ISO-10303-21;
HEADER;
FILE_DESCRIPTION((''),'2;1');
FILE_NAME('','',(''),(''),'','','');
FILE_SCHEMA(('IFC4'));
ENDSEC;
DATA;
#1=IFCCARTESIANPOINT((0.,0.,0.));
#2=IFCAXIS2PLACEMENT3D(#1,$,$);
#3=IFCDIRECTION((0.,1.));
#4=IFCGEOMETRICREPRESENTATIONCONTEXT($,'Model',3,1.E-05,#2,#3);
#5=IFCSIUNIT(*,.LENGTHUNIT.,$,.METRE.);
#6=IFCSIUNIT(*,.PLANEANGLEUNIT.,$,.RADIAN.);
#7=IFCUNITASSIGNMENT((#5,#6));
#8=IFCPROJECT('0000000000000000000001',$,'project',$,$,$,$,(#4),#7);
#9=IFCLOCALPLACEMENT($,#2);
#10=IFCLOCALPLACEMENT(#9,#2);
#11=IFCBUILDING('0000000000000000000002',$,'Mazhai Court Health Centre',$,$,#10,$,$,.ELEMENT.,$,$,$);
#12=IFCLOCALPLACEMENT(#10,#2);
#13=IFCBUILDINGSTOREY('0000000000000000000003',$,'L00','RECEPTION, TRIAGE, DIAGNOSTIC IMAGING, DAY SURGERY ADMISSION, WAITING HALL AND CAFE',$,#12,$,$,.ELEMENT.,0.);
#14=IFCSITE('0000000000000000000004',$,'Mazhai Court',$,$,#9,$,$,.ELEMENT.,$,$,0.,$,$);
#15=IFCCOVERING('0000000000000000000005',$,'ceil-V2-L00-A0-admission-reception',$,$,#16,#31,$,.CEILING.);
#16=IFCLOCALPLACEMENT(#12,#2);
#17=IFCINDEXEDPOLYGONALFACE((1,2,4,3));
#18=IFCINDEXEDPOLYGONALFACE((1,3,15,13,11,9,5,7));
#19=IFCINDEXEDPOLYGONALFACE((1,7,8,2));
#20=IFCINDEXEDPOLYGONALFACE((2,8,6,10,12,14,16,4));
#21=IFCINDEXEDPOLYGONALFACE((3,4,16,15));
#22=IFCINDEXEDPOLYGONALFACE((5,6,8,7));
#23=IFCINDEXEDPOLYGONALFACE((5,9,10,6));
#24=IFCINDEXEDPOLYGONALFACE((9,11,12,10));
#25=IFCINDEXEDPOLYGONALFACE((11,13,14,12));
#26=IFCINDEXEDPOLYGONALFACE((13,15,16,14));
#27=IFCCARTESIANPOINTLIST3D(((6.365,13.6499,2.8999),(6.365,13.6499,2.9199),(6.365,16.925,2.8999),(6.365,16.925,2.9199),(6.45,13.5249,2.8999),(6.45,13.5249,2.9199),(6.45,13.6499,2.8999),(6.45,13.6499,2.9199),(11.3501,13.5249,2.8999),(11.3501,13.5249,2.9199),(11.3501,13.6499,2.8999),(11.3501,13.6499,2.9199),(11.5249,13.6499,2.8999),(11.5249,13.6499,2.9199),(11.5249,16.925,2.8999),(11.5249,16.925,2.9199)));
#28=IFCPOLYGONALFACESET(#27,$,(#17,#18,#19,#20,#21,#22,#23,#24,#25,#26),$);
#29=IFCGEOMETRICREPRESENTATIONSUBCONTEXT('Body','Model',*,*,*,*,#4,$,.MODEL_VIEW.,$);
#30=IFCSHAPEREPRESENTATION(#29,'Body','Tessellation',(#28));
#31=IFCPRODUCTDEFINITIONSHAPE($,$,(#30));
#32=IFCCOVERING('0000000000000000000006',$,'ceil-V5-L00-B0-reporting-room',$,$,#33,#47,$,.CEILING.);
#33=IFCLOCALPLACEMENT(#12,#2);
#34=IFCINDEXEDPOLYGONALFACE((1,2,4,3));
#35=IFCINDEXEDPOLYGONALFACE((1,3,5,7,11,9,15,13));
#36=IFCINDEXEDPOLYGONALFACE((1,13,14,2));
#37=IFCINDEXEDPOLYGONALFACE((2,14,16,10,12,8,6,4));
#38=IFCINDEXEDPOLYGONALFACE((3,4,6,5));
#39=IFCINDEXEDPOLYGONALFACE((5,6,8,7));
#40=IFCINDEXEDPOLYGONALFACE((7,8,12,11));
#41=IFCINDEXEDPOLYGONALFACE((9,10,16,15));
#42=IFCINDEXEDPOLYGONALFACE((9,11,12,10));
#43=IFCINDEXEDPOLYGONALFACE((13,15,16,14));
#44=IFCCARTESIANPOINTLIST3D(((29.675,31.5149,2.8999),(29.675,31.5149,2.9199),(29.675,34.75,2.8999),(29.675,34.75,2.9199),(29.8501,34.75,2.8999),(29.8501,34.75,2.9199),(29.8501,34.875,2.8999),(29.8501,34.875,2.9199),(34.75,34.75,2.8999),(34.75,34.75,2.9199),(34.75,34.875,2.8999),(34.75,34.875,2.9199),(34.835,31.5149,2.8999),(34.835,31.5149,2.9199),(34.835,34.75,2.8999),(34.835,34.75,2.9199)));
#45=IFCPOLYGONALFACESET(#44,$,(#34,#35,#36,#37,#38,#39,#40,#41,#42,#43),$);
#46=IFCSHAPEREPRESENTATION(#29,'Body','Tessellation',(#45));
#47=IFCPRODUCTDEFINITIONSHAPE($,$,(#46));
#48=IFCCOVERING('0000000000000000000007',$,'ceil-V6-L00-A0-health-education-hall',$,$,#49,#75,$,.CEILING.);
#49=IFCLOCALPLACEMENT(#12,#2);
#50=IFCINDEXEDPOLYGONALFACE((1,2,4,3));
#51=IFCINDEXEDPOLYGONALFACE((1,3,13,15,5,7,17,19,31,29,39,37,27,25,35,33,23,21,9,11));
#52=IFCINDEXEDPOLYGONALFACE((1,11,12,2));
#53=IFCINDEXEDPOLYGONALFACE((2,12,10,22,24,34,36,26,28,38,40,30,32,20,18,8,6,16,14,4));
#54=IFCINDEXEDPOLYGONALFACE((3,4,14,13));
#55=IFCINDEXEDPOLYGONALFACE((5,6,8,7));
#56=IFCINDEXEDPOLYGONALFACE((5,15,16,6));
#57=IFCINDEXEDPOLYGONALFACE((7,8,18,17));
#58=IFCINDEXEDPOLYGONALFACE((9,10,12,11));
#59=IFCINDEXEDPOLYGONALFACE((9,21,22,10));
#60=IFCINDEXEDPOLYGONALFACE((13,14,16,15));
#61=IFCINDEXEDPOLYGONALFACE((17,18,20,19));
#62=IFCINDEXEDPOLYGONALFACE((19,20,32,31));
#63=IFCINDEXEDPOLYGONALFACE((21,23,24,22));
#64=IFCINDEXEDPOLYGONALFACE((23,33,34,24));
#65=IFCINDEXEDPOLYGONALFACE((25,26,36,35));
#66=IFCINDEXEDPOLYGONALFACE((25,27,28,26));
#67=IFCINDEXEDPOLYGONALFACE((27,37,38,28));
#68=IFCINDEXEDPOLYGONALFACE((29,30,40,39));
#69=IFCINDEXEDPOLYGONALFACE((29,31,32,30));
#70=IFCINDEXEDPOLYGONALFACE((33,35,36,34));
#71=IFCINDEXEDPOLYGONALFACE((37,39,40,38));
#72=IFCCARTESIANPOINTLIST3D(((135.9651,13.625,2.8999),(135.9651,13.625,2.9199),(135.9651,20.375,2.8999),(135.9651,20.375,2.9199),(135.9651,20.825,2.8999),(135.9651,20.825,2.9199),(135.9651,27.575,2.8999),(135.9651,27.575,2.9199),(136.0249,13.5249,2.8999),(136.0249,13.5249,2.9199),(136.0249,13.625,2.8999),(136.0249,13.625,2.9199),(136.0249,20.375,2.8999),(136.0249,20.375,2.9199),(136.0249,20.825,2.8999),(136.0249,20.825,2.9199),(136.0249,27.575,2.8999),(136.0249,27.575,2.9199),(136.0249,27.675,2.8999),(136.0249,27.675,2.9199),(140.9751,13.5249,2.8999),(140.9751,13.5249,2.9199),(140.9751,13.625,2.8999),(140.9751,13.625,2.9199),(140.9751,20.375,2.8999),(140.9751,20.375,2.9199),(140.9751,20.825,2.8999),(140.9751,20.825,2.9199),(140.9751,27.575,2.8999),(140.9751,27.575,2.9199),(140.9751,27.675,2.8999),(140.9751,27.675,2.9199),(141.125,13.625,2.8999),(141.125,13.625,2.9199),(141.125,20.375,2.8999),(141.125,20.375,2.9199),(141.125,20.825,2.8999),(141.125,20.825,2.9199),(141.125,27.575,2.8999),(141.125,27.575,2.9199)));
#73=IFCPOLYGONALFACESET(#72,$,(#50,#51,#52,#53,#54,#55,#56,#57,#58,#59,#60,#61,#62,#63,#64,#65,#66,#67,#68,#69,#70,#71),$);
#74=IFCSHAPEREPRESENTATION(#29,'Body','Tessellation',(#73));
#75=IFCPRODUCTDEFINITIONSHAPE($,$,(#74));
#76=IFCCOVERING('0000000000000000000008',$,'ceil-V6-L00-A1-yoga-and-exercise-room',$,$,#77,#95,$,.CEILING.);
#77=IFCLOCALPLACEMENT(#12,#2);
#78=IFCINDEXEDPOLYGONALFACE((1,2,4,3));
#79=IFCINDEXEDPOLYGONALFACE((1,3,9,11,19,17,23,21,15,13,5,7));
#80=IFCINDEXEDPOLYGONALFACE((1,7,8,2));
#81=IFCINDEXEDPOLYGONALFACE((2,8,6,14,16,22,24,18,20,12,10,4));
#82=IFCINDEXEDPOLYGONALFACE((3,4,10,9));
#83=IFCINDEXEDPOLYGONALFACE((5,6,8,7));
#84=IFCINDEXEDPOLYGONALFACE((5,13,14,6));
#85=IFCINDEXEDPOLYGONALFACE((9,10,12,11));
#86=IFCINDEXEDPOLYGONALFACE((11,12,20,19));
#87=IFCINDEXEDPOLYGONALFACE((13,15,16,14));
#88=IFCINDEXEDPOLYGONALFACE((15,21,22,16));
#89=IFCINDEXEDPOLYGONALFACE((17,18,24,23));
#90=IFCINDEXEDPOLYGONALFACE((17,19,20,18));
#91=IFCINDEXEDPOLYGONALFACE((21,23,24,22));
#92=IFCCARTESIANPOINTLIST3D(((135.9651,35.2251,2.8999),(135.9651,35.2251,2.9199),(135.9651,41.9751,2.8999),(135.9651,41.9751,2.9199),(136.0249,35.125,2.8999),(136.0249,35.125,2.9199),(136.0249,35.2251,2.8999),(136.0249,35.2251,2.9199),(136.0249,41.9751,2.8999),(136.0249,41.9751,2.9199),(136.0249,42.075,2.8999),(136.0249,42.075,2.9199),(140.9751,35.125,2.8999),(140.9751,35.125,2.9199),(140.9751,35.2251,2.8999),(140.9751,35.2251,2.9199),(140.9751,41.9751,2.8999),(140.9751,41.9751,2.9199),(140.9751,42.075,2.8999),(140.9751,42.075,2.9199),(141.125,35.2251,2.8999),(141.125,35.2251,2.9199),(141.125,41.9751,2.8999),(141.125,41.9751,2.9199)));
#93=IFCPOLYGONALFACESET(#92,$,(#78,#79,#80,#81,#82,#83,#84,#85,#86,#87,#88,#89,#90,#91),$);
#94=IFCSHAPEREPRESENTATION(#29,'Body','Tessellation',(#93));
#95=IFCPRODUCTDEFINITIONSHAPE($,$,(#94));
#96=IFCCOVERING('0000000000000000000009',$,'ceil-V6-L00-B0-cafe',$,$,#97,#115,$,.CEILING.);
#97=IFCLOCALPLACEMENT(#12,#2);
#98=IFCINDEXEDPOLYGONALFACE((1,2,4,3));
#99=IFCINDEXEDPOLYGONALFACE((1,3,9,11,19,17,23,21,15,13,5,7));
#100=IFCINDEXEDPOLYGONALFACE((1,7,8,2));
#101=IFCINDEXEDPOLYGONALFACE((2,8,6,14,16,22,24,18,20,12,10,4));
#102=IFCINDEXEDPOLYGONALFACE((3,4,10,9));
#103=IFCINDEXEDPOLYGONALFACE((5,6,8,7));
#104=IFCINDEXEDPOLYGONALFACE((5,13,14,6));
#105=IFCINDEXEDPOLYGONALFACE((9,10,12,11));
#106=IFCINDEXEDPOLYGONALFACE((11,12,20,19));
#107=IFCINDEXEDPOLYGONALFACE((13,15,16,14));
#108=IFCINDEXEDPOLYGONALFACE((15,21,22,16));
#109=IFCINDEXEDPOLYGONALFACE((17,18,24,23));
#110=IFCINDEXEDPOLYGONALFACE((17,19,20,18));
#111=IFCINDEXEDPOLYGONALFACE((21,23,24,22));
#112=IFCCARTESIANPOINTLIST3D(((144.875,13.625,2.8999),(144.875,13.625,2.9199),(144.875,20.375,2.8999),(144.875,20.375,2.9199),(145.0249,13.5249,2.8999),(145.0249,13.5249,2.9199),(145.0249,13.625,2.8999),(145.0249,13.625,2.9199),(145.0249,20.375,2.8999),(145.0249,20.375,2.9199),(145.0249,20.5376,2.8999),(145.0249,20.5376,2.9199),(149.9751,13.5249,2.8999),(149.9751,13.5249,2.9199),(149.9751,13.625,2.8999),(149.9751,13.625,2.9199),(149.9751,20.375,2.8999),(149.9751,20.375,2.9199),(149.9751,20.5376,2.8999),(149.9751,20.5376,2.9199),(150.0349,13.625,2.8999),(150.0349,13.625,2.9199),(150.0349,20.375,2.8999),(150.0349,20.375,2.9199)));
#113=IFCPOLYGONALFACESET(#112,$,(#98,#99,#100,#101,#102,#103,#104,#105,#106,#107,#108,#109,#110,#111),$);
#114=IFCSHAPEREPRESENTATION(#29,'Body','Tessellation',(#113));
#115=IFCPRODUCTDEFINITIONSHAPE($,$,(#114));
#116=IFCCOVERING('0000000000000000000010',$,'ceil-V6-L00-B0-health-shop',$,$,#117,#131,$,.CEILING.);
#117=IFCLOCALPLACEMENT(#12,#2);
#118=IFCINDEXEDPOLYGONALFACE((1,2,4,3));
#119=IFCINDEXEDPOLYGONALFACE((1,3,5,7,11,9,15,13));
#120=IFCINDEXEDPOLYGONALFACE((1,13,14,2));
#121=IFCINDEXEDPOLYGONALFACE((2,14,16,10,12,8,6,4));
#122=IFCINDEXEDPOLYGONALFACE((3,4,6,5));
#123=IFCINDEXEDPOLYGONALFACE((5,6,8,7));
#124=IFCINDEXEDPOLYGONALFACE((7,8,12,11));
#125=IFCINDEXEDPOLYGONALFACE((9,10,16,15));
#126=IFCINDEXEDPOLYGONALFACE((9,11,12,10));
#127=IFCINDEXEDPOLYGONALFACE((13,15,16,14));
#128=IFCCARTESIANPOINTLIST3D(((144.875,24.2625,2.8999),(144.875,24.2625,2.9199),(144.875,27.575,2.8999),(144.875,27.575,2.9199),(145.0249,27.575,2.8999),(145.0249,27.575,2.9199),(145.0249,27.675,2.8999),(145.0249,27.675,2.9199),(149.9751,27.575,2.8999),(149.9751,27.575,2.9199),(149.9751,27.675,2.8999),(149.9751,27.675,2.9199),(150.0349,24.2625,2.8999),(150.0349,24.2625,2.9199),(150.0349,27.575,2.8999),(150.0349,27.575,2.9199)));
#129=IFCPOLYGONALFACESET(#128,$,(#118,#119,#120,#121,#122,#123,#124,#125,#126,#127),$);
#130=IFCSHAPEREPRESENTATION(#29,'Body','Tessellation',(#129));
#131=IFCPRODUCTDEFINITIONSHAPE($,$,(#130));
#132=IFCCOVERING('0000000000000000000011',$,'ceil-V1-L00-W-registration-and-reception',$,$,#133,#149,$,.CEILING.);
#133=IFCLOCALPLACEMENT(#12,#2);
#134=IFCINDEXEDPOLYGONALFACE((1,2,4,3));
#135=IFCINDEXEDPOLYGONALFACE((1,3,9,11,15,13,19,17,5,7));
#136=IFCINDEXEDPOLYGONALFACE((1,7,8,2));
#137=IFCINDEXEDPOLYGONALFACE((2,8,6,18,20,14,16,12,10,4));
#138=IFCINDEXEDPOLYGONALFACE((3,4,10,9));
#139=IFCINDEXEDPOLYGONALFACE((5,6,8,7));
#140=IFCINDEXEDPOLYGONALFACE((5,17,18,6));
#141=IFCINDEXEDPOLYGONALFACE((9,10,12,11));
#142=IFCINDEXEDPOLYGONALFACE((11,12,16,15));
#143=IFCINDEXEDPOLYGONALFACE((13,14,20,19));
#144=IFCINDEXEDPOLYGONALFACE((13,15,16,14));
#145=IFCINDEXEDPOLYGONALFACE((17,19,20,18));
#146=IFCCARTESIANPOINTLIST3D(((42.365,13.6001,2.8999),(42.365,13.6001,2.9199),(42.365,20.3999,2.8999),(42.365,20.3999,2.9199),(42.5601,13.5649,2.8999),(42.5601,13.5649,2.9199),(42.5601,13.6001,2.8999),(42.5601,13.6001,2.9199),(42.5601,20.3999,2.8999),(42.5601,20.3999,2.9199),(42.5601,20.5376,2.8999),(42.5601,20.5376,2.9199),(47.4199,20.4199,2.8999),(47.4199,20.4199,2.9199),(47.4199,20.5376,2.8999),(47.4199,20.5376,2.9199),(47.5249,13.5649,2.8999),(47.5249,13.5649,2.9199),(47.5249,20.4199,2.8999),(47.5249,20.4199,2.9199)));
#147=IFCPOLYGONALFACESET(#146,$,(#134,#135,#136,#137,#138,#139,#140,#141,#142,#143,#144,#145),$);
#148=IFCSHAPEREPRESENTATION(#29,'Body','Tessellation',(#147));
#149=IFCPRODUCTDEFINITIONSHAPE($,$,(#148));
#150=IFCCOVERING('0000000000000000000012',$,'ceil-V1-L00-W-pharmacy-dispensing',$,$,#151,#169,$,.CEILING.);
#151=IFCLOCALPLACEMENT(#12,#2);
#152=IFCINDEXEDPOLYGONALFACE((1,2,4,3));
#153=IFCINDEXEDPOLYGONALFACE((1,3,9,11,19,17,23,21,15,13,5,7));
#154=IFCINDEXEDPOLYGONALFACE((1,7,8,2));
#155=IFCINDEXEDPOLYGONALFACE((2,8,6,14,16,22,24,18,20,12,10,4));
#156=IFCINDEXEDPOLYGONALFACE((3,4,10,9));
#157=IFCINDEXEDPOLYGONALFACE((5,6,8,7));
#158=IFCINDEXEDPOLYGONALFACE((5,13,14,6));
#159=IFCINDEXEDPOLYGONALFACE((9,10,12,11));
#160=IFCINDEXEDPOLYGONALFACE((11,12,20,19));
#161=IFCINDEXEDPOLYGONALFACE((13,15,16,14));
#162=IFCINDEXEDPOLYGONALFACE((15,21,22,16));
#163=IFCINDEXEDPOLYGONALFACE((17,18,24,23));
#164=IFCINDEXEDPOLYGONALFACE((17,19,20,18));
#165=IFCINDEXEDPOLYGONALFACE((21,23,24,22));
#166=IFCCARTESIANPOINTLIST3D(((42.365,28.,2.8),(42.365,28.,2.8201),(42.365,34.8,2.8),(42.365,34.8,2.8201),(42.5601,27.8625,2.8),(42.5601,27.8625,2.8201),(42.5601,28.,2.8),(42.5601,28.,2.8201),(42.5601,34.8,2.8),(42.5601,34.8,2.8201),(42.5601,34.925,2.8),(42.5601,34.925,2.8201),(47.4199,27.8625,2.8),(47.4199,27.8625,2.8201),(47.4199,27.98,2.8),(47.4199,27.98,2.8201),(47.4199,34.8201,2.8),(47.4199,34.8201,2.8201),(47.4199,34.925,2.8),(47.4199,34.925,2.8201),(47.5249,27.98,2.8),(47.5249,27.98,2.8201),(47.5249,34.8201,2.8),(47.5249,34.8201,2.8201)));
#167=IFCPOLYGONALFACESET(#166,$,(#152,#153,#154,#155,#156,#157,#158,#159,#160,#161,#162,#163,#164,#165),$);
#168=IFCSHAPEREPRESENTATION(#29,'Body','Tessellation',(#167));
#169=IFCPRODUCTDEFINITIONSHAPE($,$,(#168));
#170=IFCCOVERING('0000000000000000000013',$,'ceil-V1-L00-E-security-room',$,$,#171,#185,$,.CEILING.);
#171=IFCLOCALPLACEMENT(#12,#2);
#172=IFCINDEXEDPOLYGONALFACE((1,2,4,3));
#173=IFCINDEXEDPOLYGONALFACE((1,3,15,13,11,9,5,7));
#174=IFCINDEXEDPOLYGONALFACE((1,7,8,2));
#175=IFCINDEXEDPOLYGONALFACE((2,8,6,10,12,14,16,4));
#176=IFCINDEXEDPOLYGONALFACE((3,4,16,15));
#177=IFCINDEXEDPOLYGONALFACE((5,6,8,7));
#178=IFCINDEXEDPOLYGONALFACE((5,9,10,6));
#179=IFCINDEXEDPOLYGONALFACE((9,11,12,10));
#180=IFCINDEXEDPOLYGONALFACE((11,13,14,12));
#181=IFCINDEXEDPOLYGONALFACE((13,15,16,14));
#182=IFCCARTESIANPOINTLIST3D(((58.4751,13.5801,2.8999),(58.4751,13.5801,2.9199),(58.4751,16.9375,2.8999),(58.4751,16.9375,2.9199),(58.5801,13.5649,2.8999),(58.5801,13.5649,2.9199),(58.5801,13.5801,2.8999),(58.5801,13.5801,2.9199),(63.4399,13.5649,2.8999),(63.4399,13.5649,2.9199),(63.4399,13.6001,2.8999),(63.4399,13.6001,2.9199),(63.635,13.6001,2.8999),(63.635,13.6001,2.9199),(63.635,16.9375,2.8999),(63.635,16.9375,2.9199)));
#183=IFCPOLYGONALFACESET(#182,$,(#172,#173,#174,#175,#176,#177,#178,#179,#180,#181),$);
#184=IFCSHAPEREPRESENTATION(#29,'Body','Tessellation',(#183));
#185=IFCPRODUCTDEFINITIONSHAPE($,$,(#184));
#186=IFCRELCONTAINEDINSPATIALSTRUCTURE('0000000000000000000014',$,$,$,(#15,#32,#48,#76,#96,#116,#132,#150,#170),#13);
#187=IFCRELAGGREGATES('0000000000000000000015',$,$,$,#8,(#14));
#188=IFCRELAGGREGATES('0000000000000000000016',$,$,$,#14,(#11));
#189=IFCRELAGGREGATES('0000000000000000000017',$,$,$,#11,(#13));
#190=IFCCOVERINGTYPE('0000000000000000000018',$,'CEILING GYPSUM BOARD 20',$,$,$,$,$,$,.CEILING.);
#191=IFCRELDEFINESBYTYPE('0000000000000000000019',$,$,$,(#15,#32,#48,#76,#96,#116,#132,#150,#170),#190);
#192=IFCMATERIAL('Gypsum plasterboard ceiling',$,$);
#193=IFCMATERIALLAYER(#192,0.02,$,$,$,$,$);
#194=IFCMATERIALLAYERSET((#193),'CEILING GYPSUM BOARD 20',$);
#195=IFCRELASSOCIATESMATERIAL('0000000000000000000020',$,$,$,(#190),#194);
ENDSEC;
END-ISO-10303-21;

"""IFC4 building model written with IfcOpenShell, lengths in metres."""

from ifc_helpers import new_model, si_unit, direction, frame, origin, place, context, subcontext, project, spatial, polyline, outline, extrude, material, layer, layer_set, type_object, element, save


model = new_model("IFC4")

# Units and contexts
model_context = context("Model", 3, precision=1e-05, world=origin(), true_north=direction((0.0, 1.0)))
body_context = subcontext(model_context, "Body", "Model", "MODEL_VIEW")
ifc_project = project(units=[si_unit("LENGTHUNIT", "METRE"), si_unit("PLANEANGLEUNIT", "RADIAN")], contexts=[model_context])

# Site, building, storey
site_placement = place(None, origin())
site = spatial("IfcSite", under=ifc_project, at=site_placement, Name="Mazhai Court", CompositionType="ELEMENT", RefElevation=0.0)
building_placement = place(site_placement, origin())
building = spatial("IfcBuilding", under=site, at=building_placement, Name="Mazhai Court Health Centre", CompositionType="ELEMENT")
storey_placement = place(building_placement, origin())
storey = spatial("IfcBuildingStorey", under=building, at=storey_placement, Name="L00", Description="RECEPTION, TRIAGE, DIAGNOSTIC IMAGING, DAY SURGERY ADMISSION, WAITING HALL AND CAFE", CompositionType="ELEMENT", Elevation=0.0)

# Coverings
ifc_material_1 = material(Name="Gypsum plasterboard ceiling")
ifc_layer_1 = layer(ifc_material_1, 0.02)
ifc_layer_set_1 = layer_set([ifc_layer_1], Name="CEILING GYPSUM BOARD 20")
covering_type_1 = type_object("IfcCoveringType", Name="CEILING GYPSUM BOARD 20", PredefinedType="CEILING", material=ifc_layer_set_1)
covering_1_placement = place(storey_placement, frame((0.0, 0.0, 2.8999)))
element("IfcCovering", 1, at=covering_1_placement, inside=storey, type_object=covering_type_1, Name="ceil-V2-L00-A0-admission-reception", PredefinedType="CEILING", context=body_context, shape_type="SweptSolid", body=[
    extrude(outline(polyline([(6.365, 13.6499), (6.45, 13.6499), (6.45, 13.5249), (11.3501, 13.5249), (11.3501, 13.6499), (11.5249, 13.6499), (11.5249, 16.925), (6.365, 16.925), (6.365, 13.6499)])), origin(), (0.0, 0.0, 1.0), 0.02),
])
covering_2_placement = place(storey_placement, frame((0.0, 0.0, 2.8999)))
element("IfcCovering", 2, at=covering_2_placement, inside=storey, type_object=covering_type_1, Name="ceil-V5-L00-B0-reporting-room", PredefinedType="CEILING", context=body_context, shape_type="SweptSolid", body=[
    extrude(outline(polyline([(34.835, 34.75), (34.75, 34.75), (34.75, 34.875), (29.8501, 34.875), (29.8501, 34.75), (29.675, 34.75), (29.675, 31.5149), (34.835, 31.5149), (34.835, 34.75)])), origin(), (0.0, 0.0, 1.0), 0.02),
])
covering_3_placement = place(storey_placement, frame((0.0, 0.0, 2.8999)))
element("IfcCovering", 3, at=covering_3_placement, inside=storey, type_object=covering_type_1, Name="ceil-V6-L00-A0-health-education-hall", PredefinedType="CEILING", context=body_context, shape_type="SweptSolid", body=[
    extrude(outline(polyline([(141.125, 20.375), (140.9751, 20.375), (140.9751, 20.825), (141.125, 20.825), (141.125, 27.575), (140.9751, 27.575), (140.9751, 27.675), (136.0249, 27.675), (136.0249, 27.575), (135.9651, 27.575), (135.9651, 20.825), (136.0249, 20.825), (136.0249, 20.375), (135.9651, 20.375), (135.9651, 13.625), (136.0249, 13.625), (136.0249, 13.5249), (140.9751, 13.5249), (140.9751, 13.625), (141.125, 13.625), (141.125, 20.375)])), origin(), (0.0, 0.0, 1.0), 0.02),
])
covering_4_placement = place(storey_placement, frame((0.0, 0.0, 2.8999)))
element("IfcCovering", 4, at=covering_4_placement, inside=storey, type_object=covering_type_1, Name="ceil-V6-L00-A1-yoga-and-exercise-room", PredefinedType="CEILING", context=body_context, shape_type="SweptSolid", body=[
    extrude(outline(polyline([(141.125, 41.9751), (140.9751, 41.9751), (140.9751, 42.075), (136.0249, 42.075), (136.0249, 41.9751), (135.9651, 41.9751), (135.9651, 35.2251), (136.0249, 35.2251), (136.0249, 35.125), (140.9751, 35.125), (140.9751, 35.2251), (141.125, 35.2251), (141.125, 41.9751)])), origin(), (0.0, 0.0, 1.0), 0.02),
])
covering_5_placement = place(storey_placement, frame((0.0, 0.0, 2.8999)))
element("IfcCovering", 5, at=covering_5_placement, inside=storey, type_object=covering_type_1, Name="ceil-V6-L00-B0-cafe", PredefinedType="CEILING", context=body_context, shape_type="SweptSolid", body=[
    extrude(outline(polyline([(150.0349, 20.375), (149.9751, 20.375), (149.9751, 20.5376), (145.0249, 20.5376), (145.0249, 20.375), (144.875, 20.375), (144.875, 13.625), (145.0249, 13.625), (145.0249, 13.5249), (149.9751, 13.5249), (149.9751, 13.625), (150.0349, 13.625), (150.0349, 20.375)])), origin(), (0.0, 0.0, 1.0), 0.02),
])
covering_6_placement = place(storey_placement, frame((0.0, 0.0, 2.8999)))
element("IfcCovering", 6, at=covering_6_placement, inside=storey, type_object=covering_type_1, Name="ceil-V6-L00-B0-health-shop", PredefinedType="CEILING", context=body_context, shape_type="SweptSolid", body=[
    extrude(outline(polyline([(150.0349, 27.575), (149.9751, 27.575), (149.9751, 27.675), (145.0249, 27.675), (145.0249, 27.575), (144.875, 27.575), (144.875, 24.2625), (150.0349, 24.2625), (150.0349, 27.575)])), origin(), (0.0, 0.0, 1.0), 0.02),
])
covering_7_placement = place(storey_placement, frame((0.0, 0.0, 2.8999)))
element("IfcCovering", 7, at=covering_7_placement, inside=storey, type_object=covering_type_1, Name="ceil-V1-L00-W-registration-and-reception", PredefinedType="CEILING", context=body_context, shape_type="SweptSolid", body=[
    extrude(outline(polyline([(47.5249, 20.4199), (47.4199, 20.4199), (47.4199, 20.5376), (42.5601, 20.5376), (42.5601, 20.3999), (42.365, 20.3999), (42.365, 13.6001), (42.5601, 13.6001), (42.5601, 13.5649), (47.5249, 13.5649), (47.5249, 20.4199)])), origin(), (0.0, 0.0, 1.0), 0.02),
])
covering_8_placement = place(storey_placement, frame((0.0, 0.0, 2.8)))
element("IfcCovering", 8, at=covering_8_placement, inside=storey, type_object=covering_type_1, Name="ceil-V1-L00-W-pharmacy-dispensing", PredefinedType="CEILING", context=body_context, shape_type="SweptSolid", body=[
    extrude(outline(polyline([(47.5249, 34.8201), (47.4199, 34.8201), (47.4199, 34.925), (42.5601, 34.925), (42.5601, 34.8), (42.365, 34.8), (42.365, 28.0), (42.5601, 28.0), (42.5601, 27.8625), (47.4199, 27.8625), (47.4199, 27.98), (47.5249, 27.98), (47.5249, 34.8201)])), origin(), (0.0, 0.0, 1.0), 0.02),
])
covering_9_placement = place(storey_placement, frame((0.0, 0.0, 2.8999)))
element("IfcCovering", 9, at=covering_9_placement, inside=storey, type_object=covering_type_1, Name="ceil-V1-L00-E-security-room", PredefinedType="CEILING", context=body_context, shape_type="SweptSolid", body=[
    extrude(outline(polyline([(58.4751, 13.5801), (58.5801, 13.5801), (58.5801, 13.5649), (63.4399, 13.5649), (63.4399, 13.6001), (63.635, 13.6001), (63.635, 16.9375), (58.4751, 16.9375), (58.4751, 13.5801)])), origin(), (0.0, 0.0, 1.0), 0.02),
])

save(model, "model.ifc")
